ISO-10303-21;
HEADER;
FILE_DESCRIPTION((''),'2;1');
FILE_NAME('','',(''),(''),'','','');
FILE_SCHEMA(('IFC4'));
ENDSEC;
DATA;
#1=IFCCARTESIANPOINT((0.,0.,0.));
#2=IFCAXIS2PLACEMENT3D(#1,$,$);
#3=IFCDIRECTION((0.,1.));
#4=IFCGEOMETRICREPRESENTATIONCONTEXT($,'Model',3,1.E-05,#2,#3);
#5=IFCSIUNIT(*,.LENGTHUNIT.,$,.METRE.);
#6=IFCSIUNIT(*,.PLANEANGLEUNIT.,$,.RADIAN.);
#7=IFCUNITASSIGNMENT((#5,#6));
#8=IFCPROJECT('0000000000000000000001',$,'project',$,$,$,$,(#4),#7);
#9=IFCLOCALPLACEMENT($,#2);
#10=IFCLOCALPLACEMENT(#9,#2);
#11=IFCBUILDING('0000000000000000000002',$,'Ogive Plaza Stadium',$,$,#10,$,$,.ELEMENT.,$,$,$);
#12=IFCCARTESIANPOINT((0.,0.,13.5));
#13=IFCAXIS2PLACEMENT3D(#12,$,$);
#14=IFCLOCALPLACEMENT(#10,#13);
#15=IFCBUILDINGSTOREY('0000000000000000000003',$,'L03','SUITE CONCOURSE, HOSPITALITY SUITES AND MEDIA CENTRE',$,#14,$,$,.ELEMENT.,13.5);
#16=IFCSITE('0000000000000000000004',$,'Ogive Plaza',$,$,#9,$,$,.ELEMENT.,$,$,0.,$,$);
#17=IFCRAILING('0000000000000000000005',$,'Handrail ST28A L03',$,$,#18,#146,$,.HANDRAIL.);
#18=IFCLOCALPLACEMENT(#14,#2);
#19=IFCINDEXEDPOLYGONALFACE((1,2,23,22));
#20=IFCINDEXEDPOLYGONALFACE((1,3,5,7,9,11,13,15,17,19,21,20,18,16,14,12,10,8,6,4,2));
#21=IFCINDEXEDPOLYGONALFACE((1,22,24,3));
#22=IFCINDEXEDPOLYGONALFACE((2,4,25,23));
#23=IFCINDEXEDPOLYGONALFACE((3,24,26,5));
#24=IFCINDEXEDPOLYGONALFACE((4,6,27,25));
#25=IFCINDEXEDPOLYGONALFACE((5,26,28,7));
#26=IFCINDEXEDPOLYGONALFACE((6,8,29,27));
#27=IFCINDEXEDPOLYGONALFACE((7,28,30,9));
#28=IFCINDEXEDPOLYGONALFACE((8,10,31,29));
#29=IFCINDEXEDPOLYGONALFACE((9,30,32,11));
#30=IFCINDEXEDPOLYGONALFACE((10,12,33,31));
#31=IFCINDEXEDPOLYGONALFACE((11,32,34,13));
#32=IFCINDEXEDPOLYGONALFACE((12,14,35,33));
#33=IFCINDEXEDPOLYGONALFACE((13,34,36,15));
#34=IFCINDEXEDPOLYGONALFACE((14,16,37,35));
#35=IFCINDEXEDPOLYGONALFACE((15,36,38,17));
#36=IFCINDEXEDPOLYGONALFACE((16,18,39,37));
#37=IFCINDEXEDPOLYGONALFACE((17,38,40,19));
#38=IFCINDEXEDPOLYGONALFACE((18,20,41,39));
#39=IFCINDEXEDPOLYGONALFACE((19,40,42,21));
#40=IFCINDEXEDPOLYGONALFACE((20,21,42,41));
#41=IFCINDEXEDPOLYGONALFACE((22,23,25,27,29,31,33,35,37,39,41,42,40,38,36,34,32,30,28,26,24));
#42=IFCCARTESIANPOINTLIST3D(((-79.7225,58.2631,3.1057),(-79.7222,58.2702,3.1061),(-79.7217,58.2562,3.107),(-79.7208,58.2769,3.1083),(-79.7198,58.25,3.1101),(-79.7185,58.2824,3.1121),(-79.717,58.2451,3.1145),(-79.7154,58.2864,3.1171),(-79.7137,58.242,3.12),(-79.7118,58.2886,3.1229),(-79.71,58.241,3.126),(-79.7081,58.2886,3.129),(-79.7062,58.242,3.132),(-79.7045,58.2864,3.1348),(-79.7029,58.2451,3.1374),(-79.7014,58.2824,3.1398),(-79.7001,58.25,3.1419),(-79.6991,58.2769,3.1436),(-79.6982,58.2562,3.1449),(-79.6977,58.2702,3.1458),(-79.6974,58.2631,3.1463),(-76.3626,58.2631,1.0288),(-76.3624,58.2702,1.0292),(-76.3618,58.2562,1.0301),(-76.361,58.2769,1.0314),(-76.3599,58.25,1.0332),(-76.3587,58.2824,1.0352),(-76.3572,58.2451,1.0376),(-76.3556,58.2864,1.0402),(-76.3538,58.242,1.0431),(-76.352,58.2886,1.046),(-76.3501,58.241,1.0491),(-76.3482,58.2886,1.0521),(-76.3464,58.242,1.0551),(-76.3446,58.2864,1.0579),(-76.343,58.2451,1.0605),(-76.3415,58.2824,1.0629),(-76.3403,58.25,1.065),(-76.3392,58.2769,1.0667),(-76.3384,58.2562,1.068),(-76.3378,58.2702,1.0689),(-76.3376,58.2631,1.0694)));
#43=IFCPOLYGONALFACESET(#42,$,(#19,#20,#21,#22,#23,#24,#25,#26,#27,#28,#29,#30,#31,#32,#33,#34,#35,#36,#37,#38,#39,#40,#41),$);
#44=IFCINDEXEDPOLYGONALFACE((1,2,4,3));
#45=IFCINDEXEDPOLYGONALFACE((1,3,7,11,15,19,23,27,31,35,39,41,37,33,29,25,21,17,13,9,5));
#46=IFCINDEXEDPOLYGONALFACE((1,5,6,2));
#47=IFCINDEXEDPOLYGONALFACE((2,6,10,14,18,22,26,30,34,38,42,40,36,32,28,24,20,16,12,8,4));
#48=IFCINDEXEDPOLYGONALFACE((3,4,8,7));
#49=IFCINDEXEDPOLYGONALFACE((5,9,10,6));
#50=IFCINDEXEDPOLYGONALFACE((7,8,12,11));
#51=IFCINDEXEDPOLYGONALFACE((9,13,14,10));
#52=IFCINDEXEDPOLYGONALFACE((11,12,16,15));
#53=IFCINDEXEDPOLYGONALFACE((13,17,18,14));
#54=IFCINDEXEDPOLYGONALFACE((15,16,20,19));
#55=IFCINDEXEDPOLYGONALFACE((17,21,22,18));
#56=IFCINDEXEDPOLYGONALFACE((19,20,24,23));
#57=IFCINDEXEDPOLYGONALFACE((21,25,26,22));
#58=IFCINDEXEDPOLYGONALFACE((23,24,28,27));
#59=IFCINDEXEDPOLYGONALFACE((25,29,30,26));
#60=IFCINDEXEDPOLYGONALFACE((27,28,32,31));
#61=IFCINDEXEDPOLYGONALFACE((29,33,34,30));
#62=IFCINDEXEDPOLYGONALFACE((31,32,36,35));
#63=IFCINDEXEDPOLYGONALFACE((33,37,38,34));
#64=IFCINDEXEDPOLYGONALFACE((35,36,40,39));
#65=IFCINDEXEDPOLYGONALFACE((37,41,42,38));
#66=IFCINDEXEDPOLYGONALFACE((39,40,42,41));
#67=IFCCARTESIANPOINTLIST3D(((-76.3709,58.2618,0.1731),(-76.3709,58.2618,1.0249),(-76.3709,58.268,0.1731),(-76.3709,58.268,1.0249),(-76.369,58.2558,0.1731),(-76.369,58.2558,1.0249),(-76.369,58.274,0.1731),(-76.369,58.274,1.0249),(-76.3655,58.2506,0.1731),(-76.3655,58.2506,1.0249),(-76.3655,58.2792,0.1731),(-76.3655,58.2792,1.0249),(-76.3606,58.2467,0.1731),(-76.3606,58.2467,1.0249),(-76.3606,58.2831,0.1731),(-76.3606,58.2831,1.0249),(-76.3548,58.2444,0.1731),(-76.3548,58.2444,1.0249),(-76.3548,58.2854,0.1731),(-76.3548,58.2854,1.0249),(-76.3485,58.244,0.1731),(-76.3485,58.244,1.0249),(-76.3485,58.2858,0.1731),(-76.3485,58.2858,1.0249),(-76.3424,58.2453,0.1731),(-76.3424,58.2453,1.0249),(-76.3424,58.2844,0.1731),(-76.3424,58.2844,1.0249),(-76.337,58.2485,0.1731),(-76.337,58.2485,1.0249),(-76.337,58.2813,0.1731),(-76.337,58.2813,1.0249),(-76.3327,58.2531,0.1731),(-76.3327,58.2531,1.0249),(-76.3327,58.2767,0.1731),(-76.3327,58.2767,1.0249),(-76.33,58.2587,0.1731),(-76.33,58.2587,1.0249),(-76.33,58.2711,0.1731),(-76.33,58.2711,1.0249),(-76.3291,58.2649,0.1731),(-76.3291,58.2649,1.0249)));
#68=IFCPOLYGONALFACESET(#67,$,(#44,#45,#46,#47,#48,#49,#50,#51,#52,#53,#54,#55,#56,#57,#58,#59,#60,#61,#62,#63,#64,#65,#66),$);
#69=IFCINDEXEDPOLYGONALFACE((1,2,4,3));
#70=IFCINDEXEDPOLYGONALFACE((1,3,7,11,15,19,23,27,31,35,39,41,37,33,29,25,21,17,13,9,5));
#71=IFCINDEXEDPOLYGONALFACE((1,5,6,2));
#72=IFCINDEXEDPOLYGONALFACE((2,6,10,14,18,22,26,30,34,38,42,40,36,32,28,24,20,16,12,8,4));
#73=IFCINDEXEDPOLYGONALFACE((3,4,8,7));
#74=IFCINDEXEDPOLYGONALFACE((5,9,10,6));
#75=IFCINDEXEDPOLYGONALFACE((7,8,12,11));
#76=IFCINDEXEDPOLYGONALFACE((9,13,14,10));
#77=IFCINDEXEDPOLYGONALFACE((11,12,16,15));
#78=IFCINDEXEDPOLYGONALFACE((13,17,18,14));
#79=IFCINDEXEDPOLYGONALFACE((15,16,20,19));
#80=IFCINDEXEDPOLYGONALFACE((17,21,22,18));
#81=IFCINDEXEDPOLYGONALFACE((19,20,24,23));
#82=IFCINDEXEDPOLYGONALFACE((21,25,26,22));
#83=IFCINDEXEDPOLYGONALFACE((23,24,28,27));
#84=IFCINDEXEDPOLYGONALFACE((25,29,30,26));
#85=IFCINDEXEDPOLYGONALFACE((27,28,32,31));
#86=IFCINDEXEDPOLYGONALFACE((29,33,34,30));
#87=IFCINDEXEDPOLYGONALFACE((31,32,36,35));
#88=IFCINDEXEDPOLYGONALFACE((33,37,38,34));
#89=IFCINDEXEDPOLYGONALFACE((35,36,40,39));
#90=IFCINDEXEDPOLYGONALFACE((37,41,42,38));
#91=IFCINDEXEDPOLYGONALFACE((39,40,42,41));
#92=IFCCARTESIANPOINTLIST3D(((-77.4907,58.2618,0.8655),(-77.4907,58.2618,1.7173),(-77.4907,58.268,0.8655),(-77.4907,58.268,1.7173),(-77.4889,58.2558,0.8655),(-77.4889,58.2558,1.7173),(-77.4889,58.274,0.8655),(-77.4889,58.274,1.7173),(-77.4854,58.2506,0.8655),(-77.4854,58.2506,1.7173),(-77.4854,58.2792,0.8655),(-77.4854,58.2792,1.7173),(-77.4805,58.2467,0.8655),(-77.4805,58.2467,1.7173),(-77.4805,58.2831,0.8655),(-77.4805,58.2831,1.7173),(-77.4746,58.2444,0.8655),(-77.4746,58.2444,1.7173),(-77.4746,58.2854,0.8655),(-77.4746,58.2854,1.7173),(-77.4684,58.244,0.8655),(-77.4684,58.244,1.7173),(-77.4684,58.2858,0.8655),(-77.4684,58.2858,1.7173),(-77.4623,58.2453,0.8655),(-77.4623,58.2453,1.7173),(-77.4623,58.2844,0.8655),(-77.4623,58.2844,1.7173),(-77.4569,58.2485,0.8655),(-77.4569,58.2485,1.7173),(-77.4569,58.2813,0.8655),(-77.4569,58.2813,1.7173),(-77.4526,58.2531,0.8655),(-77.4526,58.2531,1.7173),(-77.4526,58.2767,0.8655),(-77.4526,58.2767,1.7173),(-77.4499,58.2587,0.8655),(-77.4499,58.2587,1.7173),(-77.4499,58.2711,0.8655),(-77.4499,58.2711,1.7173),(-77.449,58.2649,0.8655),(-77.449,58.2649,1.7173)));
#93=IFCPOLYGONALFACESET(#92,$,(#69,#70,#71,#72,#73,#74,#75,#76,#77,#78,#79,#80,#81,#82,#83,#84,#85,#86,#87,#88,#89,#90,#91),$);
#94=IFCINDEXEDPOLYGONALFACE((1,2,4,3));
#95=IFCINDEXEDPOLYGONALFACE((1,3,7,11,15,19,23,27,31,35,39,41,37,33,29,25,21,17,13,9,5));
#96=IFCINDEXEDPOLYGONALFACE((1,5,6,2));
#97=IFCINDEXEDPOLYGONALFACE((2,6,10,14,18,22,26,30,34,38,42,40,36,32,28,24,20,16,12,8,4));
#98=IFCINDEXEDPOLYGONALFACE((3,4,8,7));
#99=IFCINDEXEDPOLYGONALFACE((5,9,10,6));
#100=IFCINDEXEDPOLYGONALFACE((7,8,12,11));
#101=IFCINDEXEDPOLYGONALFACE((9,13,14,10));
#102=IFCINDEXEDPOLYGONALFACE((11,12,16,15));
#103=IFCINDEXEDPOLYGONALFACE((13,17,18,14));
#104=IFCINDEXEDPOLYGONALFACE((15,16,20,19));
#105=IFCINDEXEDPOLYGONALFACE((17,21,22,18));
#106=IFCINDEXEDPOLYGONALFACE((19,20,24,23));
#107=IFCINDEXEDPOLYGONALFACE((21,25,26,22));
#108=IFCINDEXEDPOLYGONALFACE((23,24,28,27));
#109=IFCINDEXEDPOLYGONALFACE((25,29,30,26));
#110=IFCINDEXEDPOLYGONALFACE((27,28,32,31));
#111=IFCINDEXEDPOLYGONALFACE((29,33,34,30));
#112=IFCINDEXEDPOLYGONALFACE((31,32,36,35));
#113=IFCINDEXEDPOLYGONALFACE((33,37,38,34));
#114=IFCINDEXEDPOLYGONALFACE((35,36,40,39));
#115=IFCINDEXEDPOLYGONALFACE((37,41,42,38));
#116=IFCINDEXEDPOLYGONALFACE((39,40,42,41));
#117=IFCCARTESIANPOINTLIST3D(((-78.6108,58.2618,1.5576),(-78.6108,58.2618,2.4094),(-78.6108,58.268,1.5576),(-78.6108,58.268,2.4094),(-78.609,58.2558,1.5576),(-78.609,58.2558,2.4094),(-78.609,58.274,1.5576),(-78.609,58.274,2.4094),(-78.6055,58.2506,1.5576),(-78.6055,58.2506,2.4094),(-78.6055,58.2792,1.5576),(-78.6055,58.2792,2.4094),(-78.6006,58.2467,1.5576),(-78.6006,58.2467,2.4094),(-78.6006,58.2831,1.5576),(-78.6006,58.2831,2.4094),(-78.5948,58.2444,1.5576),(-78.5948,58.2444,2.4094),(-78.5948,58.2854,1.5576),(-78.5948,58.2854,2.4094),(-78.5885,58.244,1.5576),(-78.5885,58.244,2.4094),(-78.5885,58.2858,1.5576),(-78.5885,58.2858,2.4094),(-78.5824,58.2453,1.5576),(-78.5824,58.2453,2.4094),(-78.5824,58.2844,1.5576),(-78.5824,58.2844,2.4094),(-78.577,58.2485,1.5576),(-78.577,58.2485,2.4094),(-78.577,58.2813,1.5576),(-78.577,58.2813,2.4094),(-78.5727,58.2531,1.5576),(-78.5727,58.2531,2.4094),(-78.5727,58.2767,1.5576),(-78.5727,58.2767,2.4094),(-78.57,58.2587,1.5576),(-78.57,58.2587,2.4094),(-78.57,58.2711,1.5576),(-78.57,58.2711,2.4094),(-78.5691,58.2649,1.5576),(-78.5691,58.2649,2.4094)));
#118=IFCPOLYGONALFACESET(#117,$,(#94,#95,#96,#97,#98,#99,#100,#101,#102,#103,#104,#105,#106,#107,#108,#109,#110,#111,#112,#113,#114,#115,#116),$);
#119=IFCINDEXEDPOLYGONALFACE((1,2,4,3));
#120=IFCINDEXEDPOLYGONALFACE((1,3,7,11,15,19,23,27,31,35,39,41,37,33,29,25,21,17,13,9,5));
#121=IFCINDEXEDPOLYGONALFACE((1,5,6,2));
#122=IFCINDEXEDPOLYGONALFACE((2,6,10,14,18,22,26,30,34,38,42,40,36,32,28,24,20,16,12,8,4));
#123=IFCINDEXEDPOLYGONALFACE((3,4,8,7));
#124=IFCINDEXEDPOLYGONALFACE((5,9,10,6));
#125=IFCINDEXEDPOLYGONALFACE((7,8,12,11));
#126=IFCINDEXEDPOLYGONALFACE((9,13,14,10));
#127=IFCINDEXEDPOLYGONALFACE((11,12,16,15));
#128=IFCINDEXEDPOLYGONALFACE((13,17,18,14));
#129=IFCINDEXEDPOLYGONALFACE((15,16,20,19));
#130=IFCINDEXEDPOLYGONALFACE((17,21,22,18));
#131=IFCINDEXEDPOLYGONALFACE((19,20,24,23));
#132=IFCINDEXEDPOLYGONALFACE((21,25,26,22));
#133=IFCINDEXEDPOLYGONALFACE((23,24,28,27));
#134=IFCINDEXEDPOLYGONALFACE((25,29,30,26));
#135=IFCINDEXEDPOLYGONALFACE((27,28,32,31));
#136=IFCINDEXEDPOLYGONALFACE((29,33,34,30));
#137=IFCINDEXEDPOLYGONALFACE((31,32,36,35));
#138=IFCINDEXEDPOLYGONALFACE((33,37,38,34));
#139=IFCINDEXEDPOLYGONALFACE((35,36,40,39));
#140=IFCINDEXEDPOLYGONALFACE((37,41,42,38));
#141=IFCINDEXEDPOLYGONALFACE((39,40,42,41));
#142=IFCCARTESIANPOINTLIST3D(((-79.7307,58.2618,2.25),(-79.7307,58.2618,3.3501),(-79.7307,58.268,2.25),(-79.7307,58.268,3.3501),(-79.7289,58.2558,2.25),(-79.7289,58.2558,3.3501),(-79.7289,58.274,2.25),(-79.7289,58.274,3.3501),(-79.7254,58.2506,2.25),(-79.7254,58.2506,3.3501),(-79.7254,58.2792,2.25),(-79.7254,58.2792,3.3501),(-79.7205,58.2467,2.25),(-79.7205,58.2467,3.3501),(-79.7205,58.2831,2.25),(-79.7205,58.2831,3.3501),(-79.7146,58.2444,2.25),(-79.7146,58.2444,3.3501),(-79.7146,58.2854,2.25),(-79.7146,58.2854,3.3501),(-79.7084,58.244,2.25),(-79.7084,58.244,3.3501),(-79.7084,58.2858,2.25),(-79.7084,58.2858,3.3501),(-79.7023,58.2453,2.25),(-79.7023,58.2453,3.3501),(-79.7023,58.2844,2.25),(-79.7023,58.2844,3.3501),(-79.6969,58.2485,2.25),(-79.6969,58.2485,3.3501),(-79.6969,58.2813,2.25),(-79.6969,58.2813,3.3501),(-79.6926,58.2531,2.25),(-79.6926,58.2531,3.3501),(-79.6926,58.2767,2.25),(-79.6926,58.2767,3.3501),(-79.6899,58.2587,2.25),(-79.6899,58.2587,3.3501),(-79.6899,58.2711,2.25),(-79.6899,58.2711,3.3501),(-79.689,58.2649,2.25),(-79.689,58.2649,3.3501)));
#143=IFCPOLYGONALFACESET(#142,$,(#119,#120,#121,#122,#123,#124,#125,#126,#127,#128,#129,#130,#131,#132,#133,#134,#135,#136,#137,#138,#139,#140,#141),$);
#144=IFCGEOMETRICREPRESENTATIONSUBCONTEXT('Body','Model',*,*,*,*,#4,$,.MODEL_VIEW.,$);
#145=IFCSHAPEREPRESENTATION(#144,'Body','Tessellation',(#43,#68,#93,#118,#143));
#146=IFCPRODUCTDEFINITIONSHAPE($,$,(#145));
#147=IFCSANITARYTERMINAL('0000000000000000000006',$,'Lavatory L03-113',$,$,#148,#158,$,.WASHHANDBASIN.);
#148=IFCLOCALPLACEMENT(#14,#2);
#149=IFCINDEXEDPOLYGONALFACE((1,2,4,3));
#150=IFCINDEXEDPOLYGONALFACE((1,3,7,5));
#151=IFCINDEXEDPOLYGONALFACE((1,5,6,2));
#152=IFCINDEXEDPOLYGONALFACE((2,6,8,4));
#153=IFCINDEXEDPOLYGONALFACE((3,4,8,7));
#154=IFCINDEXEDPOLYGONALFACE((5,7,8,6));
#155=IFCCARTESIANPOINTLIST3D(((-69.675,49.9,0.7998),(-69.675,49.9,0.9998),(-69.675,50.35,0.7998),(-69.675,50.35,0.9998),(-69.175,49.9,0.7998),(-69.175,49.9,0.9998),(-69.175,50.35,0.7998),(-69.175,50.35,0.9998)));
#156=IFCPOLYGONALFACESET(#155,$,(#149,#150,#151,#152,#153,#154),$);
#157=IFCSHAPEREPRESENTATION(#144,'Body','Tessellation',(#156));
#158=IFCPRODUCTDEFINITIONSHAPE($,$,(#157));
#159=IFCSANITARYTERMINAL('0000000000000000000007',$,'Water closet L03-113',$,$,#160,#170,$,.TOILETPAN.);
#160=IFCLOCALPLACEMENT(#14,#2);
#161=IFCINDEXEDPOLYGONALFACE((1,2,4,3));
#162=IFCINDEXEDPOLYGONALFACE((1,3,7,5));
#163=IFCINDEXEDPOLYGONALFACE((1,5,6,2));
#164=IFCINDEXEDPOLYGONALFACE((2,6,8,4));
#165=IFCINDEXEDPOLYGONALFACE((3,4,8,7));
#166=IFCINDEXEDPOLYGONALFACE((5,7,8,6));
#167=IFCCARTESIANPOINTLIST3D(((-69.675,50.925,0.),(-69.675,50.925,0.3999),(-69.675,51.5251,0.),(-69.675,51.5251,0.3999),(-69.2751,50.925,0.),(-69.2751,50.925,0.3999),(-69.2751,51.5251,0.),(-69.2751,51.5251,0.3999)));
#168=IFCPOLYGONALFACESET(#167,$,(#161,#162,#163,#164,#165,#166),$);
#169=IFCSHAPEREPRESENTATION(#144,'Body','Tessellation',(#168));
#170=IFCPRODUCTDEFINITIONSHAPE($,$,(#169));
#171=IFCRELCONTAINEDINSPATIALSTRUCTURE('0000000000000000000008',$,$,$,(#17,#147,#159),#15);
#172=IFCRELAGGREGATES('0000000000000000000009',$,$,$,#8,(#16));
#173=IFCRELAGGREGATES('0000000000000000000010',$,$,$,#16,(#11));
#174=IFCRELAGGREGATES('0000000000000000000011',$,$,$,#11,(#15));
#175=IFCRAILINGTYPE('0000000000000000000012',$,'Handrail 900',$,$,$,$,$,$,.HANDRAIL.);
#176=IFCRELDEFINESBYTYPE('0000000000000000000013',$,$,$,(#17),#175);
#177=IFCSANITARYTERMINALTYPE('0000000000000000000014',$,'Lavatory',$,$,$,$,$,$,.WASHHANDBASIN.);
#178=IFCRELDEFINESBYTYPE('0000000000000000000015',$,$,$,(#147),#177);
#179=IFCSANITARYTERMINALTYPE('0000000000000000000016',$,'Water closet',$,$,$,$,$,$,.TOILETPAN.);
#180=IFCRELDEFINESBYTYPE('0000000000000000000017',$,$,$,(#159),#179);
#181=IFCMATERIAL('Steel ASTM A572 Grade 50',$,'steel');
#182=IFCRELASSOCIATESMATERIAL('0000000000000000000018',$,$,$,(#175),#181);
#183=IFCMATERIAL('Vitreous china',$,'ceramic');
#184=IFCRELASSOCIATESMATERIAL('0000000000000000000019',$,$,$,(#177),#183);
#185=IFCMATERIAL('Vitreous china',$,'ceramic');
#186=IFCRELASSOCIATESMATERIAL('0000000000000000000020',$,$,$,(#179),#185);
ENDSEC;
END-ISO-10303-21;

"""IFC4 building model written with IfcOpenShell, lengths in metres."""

from ifc_helpers import new_model, si_unit, direction, frame, origin, origin_2d, place, context, subcontext, project, spatial, rectangle, circle, extrude, material, type_object, element, save


model = new_model("IFC4")

# Units and contexts
model_context = context("Model", 3, precision=1e-05, world=origin(), true_north=direction((0.0, 1.0)))
body_context = subcontext(model_context, "Body", "Model", "MODEL_VIEW")
ifc_project = project(units=[si_unit("LENGTHUNIT", "METRE"), si_unit("PLANEANGLEUNIT", "RADIAN")], contexts=[model_context])

# Site, building, storey
site_placement = place(None, origin())
site = spatial("IfcSite", under=ifc_project, at=site_placement, Name="Ogive Plaza", CompositionType="ELEMENT", RefElevation=0.0)
building_placement = place(site_placement, origin())
building = spatial("IfcBuilding", under=site, at=building_placement, Name="Ogive Plaza Stadium", CompositionType="ELEMENT")
storey_placement = place(building_placement, frame((0.0, 0.0, 13.5)))
storey = spatial("IfcBuildingStorey", under=building, at=storey_placement, Name="L03", Description="SUITE CONCOURSE, HOSPITALITY SUITES AND MEDIA CENTRE", CompositionType="ELEMENT", Elevation=13.5)

# Railing
ifc_material_1 = material(Name="Steel ASTM A572 Grade 50", Category="steel")
railing_type = type_object("IfcRailingType", Name="Handrail 900", PredefinedType="HANDRAIL", material=ifc_material_1)
railing_placement = place(storey_placement, frame((-76.3501, 58.2649, 0.1731)))
element("IfcRailing", 1, at=railing_placement, inside=storey, type_object=railing_type, Name="Handrail ST28A L03", PredefinedType="HANDRAIL", context=body_context, shape_type="SweptSolid", body=[
    extrude(circle(Radius=0.0239, at=origin_2d()), frame((0.0, 0.0, 0.876), z_axis=(-0.850606, 0.0, 0.525803), x_axis=(0.0, -1.0, 0.0)), (0.0, 0.0, 1.0), 3.95),
    extrude(circle(Radius=0.021, at=origin_2d()), origin(), (0.0, 0.0, 1.0), 0.8518),
    extrude(circle(Radius=0.021, at=origin_2d()), frame((-1.1199, 0.0, 0.6924)), (0.0, 0.0, 1.0), 0.8518),
    extrude(circle(Radius=0.021, at=origin_2d()), frame((-2.24, 0.0, 1.3845)), (0.0, 0.0, 1.0), 0.8518),
    extrude(circle(Radius=0.021, at=origin_2d()), frame((-3.3599, 0.0, 2.0769)), (0.0, 0.0, 1.0), 1.1001),
])

# Sanitary terminals
ifc_material_2 = material(Name="Vitreous china", Category="ceramic")
sanitary_terminal_type_1 = type_object("IfcSanitaryTerminalType", Name="Lavatory", PredefinedType="WASHHANDBASIN", material=ifc_material_2)
sanitary_terminal_1_placement = place(storey_placement, frame((-69.425, 50.125, 0.7998), z_axis=(0.0, 0.0, 1.0), x_axis=(1.0, 0.0, 0.0)))
element("IfcSanitaryTerminal", 2, at=sanitary_terminal_1_placement, inside=storey, type_object=sanitary_terminal_type_1, Name="Lavatory L03-113", PredefinedType="WASHHANDBASIN", context=body_context, shape_type="SweptSolid", body=[
    extrude(rectangle(XDim=0.5, YDim=0.45, at=origin_2d()), origin(), (0.0, 0.0, 1.0), 0.2),
])
ifc_material_3 = material(Name="Vitreous china", Category="ceramic")
sanitary_terminal_type_2 = type_object("IfcSanitaryTerminalType", Name="Water closet", PredefinedType="TOILETPAN", material=ifc_material_3)
sanitary_terminal_2_placement = place(storey_placement, frame((-69.4751, 51.2251, 0.0), z_axis=(0.0, 0.0, 1.0), x_axis=(1.0, 0.0, 0.0)))
element("IfcSanitaryTerminal", 3, at=sanitary_terminal_2_placement, inside=storey, type_object=sanitary_terminal_type_2, Name="Water closet L03-113", PredefinedType="TOILETPAN", context=body_context, shape_type="SweptSolid", body=[
    extrude(rectangle(XDim=0.3999, YDim=0.6001, at=origin_2d()), origin(), (0.0, 0.0, 1.0), 0.3999),
])

save(model, "model.ifc")
